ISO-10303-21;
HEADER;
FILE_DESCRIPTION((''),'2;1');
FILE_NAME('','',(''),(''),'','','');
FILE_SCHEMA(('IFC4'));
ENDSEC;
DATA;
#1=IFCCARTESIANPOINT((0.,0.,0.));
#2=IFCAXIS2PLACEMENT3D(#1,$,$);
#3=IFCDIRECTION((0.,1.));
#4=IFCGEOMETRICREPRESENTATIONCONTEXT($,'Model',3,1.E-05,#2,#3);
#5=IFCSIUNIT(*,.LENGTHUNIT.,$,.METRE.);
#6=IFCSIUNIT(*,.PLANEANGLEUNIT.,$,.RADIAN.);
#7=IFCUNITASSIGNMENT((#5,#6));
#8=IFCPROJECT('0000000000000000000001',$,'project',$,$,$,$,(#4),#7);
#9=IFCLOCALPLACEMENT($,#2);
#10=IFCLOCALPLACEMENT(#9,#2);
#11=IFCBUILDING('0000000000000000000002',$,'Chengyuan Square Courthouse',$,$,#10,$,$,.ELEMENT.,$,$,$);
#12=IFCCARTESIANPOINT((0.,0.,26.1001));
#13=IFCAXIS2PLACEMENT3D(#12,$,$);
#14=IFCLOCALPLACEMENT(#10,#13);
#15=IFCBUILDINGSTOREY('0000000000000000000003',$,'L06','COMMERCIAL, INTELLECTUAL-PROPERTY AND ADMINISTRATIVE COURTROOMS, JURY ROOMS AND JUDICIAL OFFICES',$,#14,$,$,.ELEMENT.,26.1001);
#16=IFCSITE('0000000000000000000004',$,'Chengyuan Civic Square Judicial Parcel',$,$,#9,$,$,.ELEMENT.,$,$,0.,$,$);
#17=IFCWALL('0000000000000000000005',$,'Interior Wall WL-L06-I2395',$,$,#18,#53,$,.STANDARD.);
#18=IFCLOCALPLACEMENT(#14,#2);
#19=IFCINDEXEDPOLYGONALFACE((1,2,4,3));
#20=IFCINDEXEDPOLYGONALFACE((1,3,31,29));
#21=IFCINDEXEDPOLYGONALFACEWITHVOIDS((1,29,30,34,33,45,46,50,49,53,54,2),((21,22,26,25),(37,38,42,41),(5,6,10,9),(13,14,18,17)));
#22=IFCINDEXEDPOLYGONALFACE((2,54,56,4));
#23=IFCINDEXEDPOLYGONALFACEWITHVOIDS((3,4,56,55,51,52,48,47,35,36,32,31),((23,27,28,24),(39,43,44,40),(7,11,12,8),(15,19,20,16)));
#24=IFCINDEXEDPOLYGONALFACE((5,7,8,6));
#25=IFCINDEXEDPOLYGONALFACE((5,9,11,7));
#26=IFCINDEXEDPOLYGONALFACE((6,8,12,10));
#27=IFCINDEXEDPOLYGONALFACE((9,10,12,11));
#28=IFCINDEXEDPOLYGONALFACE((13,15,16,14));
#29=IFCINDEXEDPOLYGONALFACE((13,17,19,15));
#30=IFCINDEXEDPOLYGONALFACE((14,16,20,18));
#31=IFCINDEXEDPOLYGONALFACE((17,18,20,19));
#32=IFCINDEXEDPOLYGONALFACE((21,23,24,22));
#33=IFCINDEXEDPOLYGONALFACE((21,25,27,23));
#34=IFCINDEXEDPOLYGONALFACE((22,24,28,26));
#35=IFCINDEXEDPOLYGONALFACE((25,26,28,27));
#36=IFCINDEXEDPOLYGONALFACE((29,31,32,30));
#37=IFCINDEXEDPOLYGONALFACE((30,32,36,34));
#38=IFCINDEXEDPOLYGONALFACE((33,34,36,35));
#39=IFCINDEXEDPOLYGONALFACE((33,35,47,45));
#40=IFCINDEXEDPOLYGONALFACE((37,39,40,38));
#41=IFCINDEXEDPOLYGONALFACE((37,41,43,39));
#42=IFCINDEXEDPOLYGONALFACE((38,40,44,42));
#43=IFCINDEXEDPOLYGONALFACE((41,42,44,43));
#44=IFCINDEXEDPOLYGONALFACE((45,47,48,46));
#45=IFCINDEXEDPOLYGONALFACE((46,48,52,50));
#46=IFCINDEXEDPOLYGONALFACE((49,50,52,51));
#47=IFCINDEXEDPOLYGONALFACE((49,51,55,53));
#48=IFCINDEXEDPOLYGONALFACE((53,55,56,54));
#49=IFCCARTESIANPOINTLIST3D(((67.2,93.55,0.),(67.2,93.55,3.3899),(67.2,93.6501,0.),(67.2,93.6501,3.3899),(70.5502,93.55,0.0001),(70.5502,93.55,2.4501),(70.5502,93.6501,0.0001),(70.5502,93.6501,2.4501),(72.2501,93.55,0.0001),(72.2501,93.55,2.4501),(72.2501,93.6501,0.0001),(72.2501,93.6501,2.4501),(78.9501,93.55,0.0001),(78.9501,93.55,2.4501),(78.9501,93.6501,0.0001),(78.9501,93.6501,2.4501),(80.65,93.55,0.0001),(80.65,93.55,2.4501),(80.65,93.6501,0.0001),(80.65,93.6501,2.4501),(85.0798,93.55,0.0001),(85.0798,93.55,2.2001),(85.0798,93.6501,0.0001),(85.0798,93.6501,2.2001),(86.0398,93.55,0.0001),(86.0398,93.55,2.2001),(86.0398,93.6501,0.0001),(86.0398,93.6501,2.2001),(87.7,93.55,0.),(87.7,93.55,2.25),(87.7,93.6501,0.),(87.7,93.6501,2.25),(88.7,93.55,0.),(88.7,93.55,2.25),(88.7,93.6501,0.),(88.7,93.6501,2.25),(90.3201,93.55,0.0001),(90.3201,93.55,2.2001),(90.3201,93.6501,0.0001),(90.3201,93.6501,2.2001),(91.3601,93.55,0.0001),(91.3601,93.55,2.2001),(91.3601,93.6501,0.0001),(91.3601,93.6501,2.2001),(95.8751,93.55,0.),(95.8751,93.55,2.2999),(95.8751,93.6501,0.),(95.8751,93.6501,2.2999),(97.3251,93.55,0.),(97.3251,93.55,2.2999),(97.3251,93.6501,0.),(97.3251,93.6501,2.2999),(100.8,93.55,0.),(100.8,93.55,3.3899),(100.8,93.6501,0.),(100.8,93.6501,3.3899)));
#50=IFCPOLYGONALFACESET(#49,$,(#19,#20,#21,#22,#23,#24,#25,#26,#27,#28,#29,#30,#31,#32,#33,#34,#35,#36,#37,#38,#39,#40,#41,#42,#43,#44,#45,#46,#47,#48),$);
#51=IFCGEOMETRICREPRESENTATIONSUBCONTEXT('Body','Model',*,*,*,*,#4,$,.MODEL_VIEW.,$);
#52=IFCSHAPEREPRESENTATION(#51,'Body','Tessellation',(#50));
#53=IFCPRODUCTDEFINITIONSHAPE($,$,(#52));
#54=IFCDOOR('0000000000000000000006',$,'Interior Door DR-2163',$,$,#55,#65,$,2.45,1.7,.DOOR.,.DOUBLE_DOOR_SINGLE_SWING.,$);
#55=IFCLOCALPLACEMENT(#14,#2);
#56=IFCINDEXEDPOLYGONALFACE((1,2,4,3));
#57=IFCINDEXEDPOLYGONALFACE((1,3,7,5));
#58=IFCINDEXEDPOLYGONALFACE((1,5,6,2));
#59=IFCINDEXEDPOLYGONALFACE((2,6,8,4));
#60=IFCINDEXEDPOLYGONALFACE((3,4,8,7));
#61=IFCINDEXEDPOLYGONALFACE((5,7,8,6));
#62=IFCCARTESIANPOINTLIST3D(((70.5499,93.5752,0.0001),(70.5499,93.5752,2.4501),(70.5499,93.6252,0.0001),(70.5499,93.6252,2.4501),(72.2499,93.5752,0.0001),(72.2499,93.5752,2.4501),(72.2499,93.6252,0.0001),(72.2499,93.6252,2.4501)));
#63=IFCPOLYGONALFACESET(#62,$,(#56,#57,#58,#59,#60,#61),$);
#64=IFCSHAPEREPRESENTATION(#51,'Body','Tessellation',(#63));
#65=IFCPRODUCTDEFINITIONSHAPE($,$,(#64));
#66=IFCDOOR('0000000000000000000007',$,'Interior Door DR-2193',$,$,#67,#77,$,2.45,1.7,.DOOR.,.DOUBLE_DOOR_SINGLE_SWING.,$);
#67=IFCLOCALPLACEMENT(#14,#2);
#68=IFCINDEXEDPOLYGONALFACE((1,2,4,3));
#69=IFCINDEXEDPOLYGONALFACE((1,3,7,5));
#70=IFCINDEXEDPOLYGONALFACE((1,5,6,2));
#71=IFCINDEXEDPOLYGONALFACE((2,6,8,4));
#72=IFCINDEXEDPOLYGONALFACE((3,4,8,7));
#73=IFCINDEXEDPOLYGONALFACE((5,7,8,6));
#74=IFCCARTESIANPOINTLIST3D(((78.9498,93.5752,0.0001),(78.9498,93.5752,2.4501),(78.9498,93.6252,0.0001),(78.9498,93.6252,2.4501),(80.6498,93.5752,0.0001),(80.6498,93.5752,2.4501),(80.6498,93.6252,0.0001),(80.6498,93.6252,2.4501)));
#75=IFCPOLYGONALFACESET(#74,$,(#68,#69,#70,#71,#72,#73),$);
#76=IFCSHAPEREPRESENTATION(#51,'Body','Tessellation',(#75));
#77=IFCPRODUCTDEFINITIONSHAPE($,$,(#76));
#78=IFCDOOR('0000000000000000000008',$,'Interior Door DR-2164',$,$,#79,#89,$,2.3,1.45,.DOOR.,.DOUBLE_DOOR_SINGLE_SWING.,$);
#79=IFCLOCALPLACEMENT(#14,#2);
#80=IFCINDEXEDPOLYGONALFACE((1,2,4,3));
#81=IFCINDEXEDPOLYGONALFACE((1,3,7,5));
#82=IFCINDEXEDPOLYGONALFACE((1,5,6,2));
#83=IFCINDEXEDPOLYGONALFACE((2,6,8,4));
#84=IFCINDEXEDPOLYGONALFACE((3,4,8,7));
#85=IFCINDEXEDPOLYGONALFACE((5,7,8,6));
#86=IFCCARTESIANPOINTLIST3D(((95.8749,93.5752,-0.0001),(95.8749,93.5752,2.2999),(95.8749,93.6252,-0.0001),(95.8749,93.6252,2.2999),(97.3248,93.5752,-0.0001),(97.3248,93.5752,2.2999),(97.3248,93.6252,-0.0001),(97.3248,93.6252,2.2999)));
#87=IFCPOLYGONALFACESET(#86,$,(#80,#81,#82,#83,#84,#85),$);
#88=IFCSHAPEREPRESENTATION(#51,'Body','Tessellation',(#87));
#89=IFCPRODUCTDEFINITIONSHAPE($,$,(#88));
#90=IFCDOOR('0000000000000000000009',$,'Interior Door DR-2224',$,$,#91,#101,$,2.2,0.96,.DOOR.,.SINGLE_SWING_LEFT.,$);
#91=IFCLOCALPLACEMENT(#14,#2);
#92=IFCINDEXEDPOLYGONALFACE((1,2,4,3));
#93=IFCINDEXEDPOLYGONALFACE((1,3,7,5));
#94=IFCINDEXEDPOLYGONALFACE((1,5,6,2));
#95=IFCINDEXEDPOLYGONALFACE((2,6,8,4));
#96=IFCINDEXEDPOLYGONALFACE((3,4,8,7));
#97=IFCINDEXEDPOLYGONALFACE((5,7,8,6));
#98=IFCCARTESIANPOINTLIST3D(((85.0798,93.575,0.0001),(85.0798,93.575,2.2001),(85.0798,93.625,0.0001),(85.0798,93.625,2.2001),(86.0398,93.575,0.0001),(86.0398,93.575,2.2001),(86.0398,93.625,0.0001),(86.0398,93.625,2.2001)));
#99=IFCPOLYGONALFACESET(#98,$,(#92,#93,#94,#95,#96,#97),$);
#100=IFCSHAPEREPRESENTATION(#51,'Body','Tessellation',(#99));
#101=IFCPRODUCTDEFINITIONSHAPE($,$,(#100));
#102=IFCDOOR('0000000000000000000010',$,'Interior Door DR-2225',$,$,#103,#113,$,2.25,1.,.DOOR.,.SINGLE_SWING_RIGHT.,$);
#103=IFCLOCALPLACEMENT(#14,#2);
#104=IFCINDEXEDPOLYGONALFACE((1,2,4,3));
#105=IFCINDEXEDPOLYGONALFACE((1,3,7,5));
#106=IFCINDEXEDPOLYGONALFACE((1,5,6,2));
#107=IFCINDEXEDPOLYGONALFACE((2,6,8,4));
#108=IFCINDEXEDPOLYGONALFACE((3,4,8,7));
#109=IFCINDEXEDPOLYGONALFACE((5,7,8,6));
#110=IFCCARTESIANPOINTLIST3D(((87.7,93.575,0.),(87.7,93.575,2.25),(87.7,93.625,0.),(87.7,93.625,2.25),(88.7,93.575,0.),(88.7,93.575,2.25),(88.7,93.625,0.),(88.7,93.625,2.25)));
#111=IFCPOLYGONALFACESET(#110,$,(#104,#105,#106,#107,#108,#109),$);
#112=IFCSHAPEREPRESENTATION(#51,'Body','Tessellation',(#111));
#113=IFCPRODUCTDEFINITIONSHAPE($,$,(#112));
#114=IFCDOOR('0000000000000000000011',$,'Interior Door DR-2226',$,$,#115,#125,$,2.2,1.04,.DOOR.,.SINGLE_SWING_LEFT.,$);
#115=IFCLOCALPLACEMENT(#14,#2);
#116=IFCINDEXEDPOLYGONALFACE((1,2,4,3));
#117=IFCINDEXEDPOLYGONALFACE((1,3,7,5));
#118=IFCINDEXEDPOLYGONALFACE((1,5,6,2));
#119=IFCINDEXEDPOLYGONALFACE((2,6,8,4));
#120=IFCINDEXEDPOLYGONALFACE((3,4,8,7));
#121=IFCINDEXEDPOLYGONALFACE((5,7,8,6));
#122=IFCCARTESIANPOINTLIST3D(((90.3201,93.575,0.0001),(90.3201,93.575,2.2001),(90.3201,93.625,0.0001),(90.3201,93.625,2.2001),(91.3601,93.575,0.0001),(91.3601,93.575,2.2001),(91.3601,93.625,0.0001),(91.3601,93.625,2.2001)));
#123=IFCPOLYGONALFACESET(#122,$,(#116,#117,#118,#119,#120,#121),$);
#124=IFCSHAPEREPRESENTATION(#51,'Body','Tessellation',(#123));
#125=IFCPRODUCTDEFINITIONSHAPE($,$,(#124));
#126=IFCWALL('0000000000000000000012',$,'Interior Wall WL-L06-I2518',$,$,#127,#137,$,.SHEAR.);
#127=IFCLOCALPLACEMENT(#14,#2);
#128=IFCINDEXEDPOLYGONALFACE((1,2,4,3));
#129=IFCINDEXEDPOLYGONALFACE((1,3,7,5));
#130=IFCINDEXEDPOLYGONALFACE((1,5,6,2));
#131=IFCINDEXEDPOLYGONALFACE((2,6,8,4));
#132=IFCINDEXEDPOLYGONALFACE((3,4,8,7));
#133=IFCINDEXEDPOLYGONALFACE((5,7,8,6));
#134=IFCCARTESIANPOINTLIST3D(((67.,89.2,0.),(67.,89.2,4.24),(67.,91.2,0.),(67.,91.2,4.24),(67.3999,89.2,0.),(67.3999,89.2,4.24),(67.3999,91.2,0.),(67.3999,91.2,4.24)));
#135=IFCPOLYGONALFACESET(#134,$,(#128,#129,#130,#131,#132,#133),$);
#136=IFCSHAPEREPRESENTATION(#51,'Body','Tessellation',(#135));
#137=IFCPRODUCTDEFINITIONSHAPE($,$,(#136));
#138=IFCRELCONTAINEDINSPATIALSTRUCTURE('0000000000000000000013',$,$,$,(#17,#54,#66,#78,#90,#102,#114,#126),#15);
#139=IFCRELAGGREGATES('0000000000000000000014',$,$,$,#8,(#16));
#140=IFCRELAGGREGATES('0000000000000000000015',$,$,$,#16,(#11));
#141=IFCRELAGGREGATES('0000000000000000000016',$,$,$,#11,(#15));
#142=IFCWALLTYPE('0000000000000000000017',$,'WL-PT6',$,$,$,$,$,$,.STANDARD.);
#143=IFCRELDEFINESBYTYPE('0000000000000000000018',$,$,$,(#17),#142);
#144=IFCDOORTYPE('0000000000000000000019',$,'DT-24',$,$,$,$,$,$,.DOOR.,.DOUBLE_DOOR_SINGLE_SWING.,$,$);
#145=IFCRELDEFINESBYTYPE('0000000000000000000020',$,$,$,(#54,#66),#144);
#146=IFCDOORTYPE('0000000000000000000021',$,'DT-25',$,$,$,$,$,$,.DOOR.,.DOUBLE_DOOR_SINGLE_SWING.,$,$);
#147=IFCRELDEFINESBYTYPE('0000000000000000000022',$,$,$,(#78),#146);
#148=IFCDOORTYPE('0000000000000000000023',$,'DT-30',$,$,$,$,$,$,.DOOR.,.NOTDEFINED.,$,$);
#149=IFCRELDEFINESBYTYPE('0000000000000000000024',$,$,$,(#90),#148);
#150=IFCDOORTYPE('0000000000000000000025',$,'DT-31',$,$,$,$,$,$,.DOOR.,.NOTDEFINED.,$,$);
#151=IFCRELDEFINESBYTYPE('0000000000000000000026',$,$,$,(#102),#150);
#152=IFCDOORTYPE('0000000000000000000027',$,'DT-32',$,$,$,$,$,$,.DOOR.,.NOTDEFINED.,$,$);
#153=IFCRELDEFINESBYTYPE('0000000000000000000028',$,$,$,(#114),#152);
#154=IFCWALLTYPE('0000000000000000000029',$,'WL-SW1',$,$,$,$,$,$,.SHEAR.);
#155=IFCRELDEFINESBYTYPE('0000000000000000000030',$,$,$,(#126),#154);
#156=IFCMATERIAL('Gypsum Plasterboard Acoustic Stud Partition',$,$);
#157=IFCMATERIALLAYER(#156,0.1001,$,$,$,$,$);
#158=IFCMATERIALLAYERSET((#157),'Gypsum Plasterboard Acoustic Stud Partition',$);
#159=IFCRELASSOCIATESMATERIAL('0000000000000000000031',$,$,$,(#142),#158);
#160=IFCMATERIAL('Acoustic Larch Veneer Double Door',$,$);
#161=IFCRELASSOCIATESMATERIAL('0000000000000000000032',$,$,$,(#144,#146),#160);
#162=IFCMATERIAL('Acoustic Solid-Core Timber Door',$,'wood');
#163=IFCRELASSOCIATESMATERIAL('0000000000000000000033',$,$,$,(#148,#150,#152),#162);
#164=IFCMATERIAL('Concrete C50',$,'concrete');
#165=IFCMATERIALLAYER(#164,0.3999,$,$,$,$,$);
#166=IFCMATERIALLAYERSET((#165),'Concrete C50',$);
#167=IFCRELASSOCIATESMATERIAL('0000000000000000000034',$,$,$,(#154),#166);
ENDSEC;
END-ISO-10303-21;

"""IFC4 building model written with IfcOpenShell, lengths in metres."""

from ifc_helpers import new_model, si_unit, direction, frame, frame_2d, origin, place, context, subcontext, project, spatial, rectangle, extrude, material, layer, layer_set, type_object, element, fill, save


model = new_model("IFC4")

# Units and contexts
model_context = context("Model", 3, precision=1e-05, world=origin(), true_north=direction((0.0, 1.0)))
body_context = subcontext(model_context, "Body", "Model", "MODEL_VIEW")
ifc_project = project(units=[si_unit("LENGTHUNIT", "METRE"), si_unit("PLANEANGLEUNIT", "RADIAN")], contexts=[model_context])

# Site, building, storey
site_placement = place(None, origin())
site = spatial("IfcSite", under=ifc_project, at=site_placement, Name="Chengyuan Civic Square Judicial Parcel", CompositionType="ELEMENT", RefElevation=0.0)
building_placement = place(site_placement, origin())
building = spatial("IfcBuilding", under=site, at=building_placement, Name="Chengyuan Square Courthouse", CompositionType="ELEMENT")
storey_placement = place(building_placement, frame((0.0, 0.0, 26.1001)))
storey = spatial("IfcBuildingStorey", under=building, at=storey_placement, Name="L06", Description="COMMERCIAL, INTELLECTUAL-PROPERTY AND ADMINISTRATIVE COURTROOMS, JURY ROOMS AND JUDICIAL OFFICES", CompositionType="ELEMENT", Elevation=26.1001)

# Shared definitions
ifc_material_1 = material(Name="Concrete C50", Category="concrete")

# Wall, openings, doors
ifc_material_2 = material(Name="Gypsum Plasterboard Acoustic Stud Partition")
ifc_layer_1 = layer(ifc_material_2, 0.1001)
ifc_layer_set_1 = layer_set([ifc_layer_1], Name="Gypsum Plasterboard Acoustic Stud Partition")
wall_type_1 = type_object("IfcWallType", Name="WL-PT6", PredefinedType="STANDARD", material=ifc_layer_set_1)
wall_1_placement = place(storey_placement, frame((67.2, 93.6001, 0.0), z_axis=(0.0, 0.0, 1.0), x_axis=(1.0, 0.0, 0.0)))
wall_1 = element("IfcWall", 1, at=wall_1_placement, inside=storey, type_object=wall_type_1, Name="Interior Wall WL-L06-I2395", PredefinedType="STANDARD", context=body_context, shape_type="SweptSolid", body=[
    extrude(rectangle(XDim=33.6001, YDim=0.1001, at=frame_2d((16.8, 0.0))), origin(), (0.0, 0.0, 1.0), 3.3899),
])
opening_1_placement = place(wall_1_placement, frame((3.3501, 0.0, 0.0)))
opening_1 = element("IfcOpeningElement", 2, at=opening_1_placement, cuts=wall_1, PredefinedType="OPENING", context=body_context, shape_type="SweptSolid", body=[
    extrude(rectangle(XDim=1.7, YDim=2.45, at=frame_2d((0.8501, 1.2251))), frame((0.0, 0.062, 0.0), z_axis=(0.0, -1.0, 0.0), x_axis=(1.0, 0.0, 0.0)), (0.0, 0.0, 1.0), 0.124),
])
opening_2_placement = place(wall_1_placement, frame((28.675, 0.0, 0.0)))
opening_2 = element("IfcOpeningElement", 3, at=opening_2_placement, cuts=wall_1, PredefinedType="OPENING", context=body_context, shape_type="SweptSolid", body=[
    extrude(rectangle(XDim=1.45, YDim=2.3, at=frame_2d((0.7251, 1.1499))), frame((0.0, 0.062, 0.0), z_axis=(0.0, -1.0, 0.0), x_axis=(1.0, 0.0, 0.0)), (0.0, 0.0, 1.0), 0.124),
])
opening_3_placement = place(wall_1_placement, frame((11.75, 0.0, 0.0)))
opening_3 = element("IfcOpeningElement", 4, at=opening_3_placement, cuts=wall_1, PredefinedType="OPENING", context=body_context, shape_type="SweptSolid", body=[
    extrude(rectangle(XDim=1.7, YDim=2.45, at=frame_2d((0.8501, 1.2251))), frame((0.0, 0.062, 0.0), z_axis=(0.0, -1.0, 0.0), x_axis=(1.0, 0.0, 0.0)), (0.0, 0.0, 1.0), 0.124),
])
opening_4_placement = place(wall_1_placement, frame((17.8799, 0.0, 0.0)))
opening_4 = element("IfcOpeningElement", 5, at=opening_4_placement, cuts=wall_1, PredefinedType="OPENING", context=body_context, shape_type="SweptSolid", body=[
    extrude(rectangle(XDim=0.96, YDim=2.2, at=frame_2d((0.48, 1.1001))), frame((0.0, 0.062, 0.0), z_axis=(0.0, -1.0, 0.0), x_axis=(1.0, 0.0, 0.0)), (0.0, 0.0, 1.0), 0.124),
])
opening_5_placement = place(wall_1_placement, frame((20.5, 0.0, 0.0)))
opening_5 = element("IfcOpeningElement", 6, at=opening_5_placement, cuts=wall_1, PredefinedType="OPENING", context=body_context, shape_type="SweptSolid", body=[
    extrude(rectangle(XDim=1.0, YDim=2.25, at=frame_2d((0.5, 1.125))), frame((0.0, 0.062, 0.0), z_axis=(0.0, -1.0, 0.0), x_axis=(1.0, 0.0, 0.0)), (0.0, 0.0, 1.0), 0.124),
])
opening_6_placement = place(wall_1_placement, frame((23.1201, 0.0, 0.0)))
opening_6 = element("IfcOpeningElement", 7, at=opening_6_placement, cuts=wall_1, PredefinedType="OPENING", context=body_context, shape_type="SweptSolid", body=[
    extrude(rectangle(XDim=1.04, YDim=2.2, at=frame_2d((0.52, 1.1001))), frame((0.0, 0.062, 0.0), z_axis=(0.0, -1.0, 0.0), x_axis=(1.0, 0.0, 0.0)), (0.0, 0.0, 1.0), 0.124),
])
ifc_material_3 = material(Name="Acoustic Larch Veneer Double Door")
door_type_1 = type_object("IfcDoorType", Name="DT-24", OperationType="DOUBLE_DOOR_SINGLE_SWING", PredefinedType="DOOR", material=ifc_material_3)
door_1_placement = place(opening_1_placement, frame((1.7, 0.0, 0.0), z_axis=(0.0, 0.0, 1.0), x_axis=(-1.0, 0.0, 0.0)))
door_1 = element("IfcDoor", 8, at=door_1_placement, inside=storey, type_object=door_type_1, Name="Interior Door DR-2163", OperationType="DOUBLE_DOOR_SINGLE_SWING", OverallHeight=2.45, OverallWidth=1.7, PredefinedType="DOOR", context=body_context, shape_type="SweptSolid", body=[
    extrude(rectangle(XDim=1.7, YDim=2.45, at=frame_2d((0.8501, 1.2251))), frame((0.0, 0.0249, 0.0), z_axis=(0.0, -1.0, 0.0), x_axis=(1.0, 0.0, 0.0)), (0.0, 0.0, 1.0), 0.05),
])
fill(opening_1, door_1)
door_2_placement = place(opening_3_placement, frame((1.7, 0.0, 0.0), z_axis=(0.0, 0.0, 1.0), x_axis=(-1.0, 0.0, 0.0)))
door_2 = element("IfcDoor", 9, at=door_2_placement, inside=storey, type_object=door_type_1, Name="Interior Door DR-2193", OperationType="DOUBLE_DOOR_SINGLE_SWING", OverallHeight=2.45, OverallWidth=1.7, PredefinedType="DOOR", context=body_context, shape_type="SweptSolid", body=[
    extrude(rectangle(XDim=1.7, YDim=2.45, at=frame_2d((0.8501, 1.2251))), frame((0.0, 0.0249, 0.0), z_axis=(0.0, -1.0, 0.0), x_axis=(1.0, 0.0, 0.0)), (0.0, 0.0, 1.0), 0.05),
])
fill(opening_3, door_2)
door_type_2 = type_object("IfcDoorType", Name="DT-25", OperationType="DOUBLE_DOOR_SINGLE_SWING", PredefinedType="DOOR", material=ifc_material_3)
door_3_placement = place(opening_2_placement, frame((1.45, 0.0, 0.0), z_axis=(0.0, 0.0, 1.0), x_axis=(-1.0, 0.0, 0.0)))
door_3 = element("IfcDoor", 10, at=door_3_placement, inside=storey, type_object=door_type_2, Name="Interior Door DR-2164", OperationType="DOUBLE_DOOR_SINGLE_SWING", OverallHeight=2.3, OverallWidth=1.45, PredefinedType="DOOR", context=body_context, shape_type="SweptSolid", body=[
    extrude(rectangle(XDim=1.45, YDim=2.3, at=frame_2d((0.7251, 1.1499))), frame((0.0, 0.0249, 0.0), z_axis=(0.0, -1.0, 0.0), x_axis=(1.0, 0.0, 0.0)), (0.0, 0.0, 1.0), 0.05),
])
fill(opening_2, door_3)
ifc_material_4 = material(Name="Acoustic Solid-Core Timber Door", Category="wood")
door_type_3 = type_object("IfcDoorType", Name="DT-30", OperationType="NOTDEFINED", PredefinedType="DOOR", material=ifc_material_4)
door_4_placement = place(opening_4_placement, origin())
door_4 = element("IfcDoor", 11, at=door_4_placement, inside=storey, type_object=door_type_3, Name="Interior Door DR-2224", OperationType="SINGLE_SWING_LEFT", OverallHeight=2.2, OverallWidth=0.96, PredefinedType="DOOR", context=body_context, shape_type="SweptSolid", body=[
    extrude(rectangle(XDim=0.96, YDim=2.2, at=frame_2d((0.48, 1.1001))), frame((0.0, 0.0249, 0.0), z_axis=(0.0, -1.0, 0.0), x_axis=(1.0, 0.0, 0.0)), (0.0, 0.0, 1.0), 0.05),
])
fill(opening_4, door_4)
door_type_4 = type_object("IfcDoorType", Name="DT-31", OperationType="NOTDEFINED", PredefinedType="DOOR", material=ifc_material_4)
door_5_placement = place(opening_5_placement, origin())
door_5 = element("IfcDoor", 12, at=door_5_placement, inside=storey, type_object=door_type_4, Name="Interior Door DR-2225", OperationType="SINGLE_SWING_RIGHT", OverallHeight=2.25, OverallWidth=1.0, PredefinedType="DOOR", context=body_context, shape_type="SweptSolid", body=[
    extrude(rectangle(XDim=1.0, YDim=2.25, at=frame_2d((0.5, 1.125))), frame((0.0, 0.0249, 0.0), z_axis=(0.0, -1.0, 0.0), x_axis=(1.0, 0.0, 0.0)), (0.0, 0.0, 1.0), 0.05),
])
fill(opening_5, door_5)
door_type_5 = type_object("IfcDoorType", Name="DT-32", OperationType="NOTDEFINED", PredefinedType="DOOR", material=ifc_material_4)
door_6_placement = place(opening_6_placement, origin())
door_6 = element("IfcDoor", 13, at=door_6_placement, inside=storey, type_object=door_type_5, Name="Interior Door DR-2226", OperationType="SINGLE_SWING_LEFT", OverallHeight=2.2, OverallWidth=1.04, PredefinedType="DOOR", context=body_context, shape_type="SweptSolid", body=[
    extrude(rectangle(XDim=1.04, YDim=2.2, at=frame_2d((0.52, 1.1001))), frame((0.0, 0.0249, 0.0), z_axis=(0.0, -1.0, 0.0), x_axis=(1.0, 0.0, 0.0)), (0.0, 0.0, 1.0), 0.05),
])
fill(opening_6, door_6)

# Wall
ifc_layer_2 = layer(ifc_material_1, 0.3999)
ifc_layer_set_2 = layer_set([ifc_layer_2], Name="Concrete C50")
wall_type_2 = type_object("IfcWallType", Name="WL-SW1", PredefinedType="SHEAR", material=ifc_layer_set_2)
wall_2_placement = place(storey_placement, frame((67.2, 89.2, 0.0), z_axis=(0.0, 0.0, 1.0), x_axis=(0.0, 1.0, 0.0)))
element("IfcWall", 14, at=wall_2_placement, inside=storey, type_object=wall_type_2, Name="Interior Wall WL-L06-I2518", PredefinedType="SHEAR", context=body_context, shape_type="SweptSolid", body=[
    extrude(rectangle(XDim=2.0, YDim=0.3999, at=frame_2d((1.0, 0.0))), origin(), (0.0, 0.0, 1.0), 4.24),
])

save(model, "model.ifc")
